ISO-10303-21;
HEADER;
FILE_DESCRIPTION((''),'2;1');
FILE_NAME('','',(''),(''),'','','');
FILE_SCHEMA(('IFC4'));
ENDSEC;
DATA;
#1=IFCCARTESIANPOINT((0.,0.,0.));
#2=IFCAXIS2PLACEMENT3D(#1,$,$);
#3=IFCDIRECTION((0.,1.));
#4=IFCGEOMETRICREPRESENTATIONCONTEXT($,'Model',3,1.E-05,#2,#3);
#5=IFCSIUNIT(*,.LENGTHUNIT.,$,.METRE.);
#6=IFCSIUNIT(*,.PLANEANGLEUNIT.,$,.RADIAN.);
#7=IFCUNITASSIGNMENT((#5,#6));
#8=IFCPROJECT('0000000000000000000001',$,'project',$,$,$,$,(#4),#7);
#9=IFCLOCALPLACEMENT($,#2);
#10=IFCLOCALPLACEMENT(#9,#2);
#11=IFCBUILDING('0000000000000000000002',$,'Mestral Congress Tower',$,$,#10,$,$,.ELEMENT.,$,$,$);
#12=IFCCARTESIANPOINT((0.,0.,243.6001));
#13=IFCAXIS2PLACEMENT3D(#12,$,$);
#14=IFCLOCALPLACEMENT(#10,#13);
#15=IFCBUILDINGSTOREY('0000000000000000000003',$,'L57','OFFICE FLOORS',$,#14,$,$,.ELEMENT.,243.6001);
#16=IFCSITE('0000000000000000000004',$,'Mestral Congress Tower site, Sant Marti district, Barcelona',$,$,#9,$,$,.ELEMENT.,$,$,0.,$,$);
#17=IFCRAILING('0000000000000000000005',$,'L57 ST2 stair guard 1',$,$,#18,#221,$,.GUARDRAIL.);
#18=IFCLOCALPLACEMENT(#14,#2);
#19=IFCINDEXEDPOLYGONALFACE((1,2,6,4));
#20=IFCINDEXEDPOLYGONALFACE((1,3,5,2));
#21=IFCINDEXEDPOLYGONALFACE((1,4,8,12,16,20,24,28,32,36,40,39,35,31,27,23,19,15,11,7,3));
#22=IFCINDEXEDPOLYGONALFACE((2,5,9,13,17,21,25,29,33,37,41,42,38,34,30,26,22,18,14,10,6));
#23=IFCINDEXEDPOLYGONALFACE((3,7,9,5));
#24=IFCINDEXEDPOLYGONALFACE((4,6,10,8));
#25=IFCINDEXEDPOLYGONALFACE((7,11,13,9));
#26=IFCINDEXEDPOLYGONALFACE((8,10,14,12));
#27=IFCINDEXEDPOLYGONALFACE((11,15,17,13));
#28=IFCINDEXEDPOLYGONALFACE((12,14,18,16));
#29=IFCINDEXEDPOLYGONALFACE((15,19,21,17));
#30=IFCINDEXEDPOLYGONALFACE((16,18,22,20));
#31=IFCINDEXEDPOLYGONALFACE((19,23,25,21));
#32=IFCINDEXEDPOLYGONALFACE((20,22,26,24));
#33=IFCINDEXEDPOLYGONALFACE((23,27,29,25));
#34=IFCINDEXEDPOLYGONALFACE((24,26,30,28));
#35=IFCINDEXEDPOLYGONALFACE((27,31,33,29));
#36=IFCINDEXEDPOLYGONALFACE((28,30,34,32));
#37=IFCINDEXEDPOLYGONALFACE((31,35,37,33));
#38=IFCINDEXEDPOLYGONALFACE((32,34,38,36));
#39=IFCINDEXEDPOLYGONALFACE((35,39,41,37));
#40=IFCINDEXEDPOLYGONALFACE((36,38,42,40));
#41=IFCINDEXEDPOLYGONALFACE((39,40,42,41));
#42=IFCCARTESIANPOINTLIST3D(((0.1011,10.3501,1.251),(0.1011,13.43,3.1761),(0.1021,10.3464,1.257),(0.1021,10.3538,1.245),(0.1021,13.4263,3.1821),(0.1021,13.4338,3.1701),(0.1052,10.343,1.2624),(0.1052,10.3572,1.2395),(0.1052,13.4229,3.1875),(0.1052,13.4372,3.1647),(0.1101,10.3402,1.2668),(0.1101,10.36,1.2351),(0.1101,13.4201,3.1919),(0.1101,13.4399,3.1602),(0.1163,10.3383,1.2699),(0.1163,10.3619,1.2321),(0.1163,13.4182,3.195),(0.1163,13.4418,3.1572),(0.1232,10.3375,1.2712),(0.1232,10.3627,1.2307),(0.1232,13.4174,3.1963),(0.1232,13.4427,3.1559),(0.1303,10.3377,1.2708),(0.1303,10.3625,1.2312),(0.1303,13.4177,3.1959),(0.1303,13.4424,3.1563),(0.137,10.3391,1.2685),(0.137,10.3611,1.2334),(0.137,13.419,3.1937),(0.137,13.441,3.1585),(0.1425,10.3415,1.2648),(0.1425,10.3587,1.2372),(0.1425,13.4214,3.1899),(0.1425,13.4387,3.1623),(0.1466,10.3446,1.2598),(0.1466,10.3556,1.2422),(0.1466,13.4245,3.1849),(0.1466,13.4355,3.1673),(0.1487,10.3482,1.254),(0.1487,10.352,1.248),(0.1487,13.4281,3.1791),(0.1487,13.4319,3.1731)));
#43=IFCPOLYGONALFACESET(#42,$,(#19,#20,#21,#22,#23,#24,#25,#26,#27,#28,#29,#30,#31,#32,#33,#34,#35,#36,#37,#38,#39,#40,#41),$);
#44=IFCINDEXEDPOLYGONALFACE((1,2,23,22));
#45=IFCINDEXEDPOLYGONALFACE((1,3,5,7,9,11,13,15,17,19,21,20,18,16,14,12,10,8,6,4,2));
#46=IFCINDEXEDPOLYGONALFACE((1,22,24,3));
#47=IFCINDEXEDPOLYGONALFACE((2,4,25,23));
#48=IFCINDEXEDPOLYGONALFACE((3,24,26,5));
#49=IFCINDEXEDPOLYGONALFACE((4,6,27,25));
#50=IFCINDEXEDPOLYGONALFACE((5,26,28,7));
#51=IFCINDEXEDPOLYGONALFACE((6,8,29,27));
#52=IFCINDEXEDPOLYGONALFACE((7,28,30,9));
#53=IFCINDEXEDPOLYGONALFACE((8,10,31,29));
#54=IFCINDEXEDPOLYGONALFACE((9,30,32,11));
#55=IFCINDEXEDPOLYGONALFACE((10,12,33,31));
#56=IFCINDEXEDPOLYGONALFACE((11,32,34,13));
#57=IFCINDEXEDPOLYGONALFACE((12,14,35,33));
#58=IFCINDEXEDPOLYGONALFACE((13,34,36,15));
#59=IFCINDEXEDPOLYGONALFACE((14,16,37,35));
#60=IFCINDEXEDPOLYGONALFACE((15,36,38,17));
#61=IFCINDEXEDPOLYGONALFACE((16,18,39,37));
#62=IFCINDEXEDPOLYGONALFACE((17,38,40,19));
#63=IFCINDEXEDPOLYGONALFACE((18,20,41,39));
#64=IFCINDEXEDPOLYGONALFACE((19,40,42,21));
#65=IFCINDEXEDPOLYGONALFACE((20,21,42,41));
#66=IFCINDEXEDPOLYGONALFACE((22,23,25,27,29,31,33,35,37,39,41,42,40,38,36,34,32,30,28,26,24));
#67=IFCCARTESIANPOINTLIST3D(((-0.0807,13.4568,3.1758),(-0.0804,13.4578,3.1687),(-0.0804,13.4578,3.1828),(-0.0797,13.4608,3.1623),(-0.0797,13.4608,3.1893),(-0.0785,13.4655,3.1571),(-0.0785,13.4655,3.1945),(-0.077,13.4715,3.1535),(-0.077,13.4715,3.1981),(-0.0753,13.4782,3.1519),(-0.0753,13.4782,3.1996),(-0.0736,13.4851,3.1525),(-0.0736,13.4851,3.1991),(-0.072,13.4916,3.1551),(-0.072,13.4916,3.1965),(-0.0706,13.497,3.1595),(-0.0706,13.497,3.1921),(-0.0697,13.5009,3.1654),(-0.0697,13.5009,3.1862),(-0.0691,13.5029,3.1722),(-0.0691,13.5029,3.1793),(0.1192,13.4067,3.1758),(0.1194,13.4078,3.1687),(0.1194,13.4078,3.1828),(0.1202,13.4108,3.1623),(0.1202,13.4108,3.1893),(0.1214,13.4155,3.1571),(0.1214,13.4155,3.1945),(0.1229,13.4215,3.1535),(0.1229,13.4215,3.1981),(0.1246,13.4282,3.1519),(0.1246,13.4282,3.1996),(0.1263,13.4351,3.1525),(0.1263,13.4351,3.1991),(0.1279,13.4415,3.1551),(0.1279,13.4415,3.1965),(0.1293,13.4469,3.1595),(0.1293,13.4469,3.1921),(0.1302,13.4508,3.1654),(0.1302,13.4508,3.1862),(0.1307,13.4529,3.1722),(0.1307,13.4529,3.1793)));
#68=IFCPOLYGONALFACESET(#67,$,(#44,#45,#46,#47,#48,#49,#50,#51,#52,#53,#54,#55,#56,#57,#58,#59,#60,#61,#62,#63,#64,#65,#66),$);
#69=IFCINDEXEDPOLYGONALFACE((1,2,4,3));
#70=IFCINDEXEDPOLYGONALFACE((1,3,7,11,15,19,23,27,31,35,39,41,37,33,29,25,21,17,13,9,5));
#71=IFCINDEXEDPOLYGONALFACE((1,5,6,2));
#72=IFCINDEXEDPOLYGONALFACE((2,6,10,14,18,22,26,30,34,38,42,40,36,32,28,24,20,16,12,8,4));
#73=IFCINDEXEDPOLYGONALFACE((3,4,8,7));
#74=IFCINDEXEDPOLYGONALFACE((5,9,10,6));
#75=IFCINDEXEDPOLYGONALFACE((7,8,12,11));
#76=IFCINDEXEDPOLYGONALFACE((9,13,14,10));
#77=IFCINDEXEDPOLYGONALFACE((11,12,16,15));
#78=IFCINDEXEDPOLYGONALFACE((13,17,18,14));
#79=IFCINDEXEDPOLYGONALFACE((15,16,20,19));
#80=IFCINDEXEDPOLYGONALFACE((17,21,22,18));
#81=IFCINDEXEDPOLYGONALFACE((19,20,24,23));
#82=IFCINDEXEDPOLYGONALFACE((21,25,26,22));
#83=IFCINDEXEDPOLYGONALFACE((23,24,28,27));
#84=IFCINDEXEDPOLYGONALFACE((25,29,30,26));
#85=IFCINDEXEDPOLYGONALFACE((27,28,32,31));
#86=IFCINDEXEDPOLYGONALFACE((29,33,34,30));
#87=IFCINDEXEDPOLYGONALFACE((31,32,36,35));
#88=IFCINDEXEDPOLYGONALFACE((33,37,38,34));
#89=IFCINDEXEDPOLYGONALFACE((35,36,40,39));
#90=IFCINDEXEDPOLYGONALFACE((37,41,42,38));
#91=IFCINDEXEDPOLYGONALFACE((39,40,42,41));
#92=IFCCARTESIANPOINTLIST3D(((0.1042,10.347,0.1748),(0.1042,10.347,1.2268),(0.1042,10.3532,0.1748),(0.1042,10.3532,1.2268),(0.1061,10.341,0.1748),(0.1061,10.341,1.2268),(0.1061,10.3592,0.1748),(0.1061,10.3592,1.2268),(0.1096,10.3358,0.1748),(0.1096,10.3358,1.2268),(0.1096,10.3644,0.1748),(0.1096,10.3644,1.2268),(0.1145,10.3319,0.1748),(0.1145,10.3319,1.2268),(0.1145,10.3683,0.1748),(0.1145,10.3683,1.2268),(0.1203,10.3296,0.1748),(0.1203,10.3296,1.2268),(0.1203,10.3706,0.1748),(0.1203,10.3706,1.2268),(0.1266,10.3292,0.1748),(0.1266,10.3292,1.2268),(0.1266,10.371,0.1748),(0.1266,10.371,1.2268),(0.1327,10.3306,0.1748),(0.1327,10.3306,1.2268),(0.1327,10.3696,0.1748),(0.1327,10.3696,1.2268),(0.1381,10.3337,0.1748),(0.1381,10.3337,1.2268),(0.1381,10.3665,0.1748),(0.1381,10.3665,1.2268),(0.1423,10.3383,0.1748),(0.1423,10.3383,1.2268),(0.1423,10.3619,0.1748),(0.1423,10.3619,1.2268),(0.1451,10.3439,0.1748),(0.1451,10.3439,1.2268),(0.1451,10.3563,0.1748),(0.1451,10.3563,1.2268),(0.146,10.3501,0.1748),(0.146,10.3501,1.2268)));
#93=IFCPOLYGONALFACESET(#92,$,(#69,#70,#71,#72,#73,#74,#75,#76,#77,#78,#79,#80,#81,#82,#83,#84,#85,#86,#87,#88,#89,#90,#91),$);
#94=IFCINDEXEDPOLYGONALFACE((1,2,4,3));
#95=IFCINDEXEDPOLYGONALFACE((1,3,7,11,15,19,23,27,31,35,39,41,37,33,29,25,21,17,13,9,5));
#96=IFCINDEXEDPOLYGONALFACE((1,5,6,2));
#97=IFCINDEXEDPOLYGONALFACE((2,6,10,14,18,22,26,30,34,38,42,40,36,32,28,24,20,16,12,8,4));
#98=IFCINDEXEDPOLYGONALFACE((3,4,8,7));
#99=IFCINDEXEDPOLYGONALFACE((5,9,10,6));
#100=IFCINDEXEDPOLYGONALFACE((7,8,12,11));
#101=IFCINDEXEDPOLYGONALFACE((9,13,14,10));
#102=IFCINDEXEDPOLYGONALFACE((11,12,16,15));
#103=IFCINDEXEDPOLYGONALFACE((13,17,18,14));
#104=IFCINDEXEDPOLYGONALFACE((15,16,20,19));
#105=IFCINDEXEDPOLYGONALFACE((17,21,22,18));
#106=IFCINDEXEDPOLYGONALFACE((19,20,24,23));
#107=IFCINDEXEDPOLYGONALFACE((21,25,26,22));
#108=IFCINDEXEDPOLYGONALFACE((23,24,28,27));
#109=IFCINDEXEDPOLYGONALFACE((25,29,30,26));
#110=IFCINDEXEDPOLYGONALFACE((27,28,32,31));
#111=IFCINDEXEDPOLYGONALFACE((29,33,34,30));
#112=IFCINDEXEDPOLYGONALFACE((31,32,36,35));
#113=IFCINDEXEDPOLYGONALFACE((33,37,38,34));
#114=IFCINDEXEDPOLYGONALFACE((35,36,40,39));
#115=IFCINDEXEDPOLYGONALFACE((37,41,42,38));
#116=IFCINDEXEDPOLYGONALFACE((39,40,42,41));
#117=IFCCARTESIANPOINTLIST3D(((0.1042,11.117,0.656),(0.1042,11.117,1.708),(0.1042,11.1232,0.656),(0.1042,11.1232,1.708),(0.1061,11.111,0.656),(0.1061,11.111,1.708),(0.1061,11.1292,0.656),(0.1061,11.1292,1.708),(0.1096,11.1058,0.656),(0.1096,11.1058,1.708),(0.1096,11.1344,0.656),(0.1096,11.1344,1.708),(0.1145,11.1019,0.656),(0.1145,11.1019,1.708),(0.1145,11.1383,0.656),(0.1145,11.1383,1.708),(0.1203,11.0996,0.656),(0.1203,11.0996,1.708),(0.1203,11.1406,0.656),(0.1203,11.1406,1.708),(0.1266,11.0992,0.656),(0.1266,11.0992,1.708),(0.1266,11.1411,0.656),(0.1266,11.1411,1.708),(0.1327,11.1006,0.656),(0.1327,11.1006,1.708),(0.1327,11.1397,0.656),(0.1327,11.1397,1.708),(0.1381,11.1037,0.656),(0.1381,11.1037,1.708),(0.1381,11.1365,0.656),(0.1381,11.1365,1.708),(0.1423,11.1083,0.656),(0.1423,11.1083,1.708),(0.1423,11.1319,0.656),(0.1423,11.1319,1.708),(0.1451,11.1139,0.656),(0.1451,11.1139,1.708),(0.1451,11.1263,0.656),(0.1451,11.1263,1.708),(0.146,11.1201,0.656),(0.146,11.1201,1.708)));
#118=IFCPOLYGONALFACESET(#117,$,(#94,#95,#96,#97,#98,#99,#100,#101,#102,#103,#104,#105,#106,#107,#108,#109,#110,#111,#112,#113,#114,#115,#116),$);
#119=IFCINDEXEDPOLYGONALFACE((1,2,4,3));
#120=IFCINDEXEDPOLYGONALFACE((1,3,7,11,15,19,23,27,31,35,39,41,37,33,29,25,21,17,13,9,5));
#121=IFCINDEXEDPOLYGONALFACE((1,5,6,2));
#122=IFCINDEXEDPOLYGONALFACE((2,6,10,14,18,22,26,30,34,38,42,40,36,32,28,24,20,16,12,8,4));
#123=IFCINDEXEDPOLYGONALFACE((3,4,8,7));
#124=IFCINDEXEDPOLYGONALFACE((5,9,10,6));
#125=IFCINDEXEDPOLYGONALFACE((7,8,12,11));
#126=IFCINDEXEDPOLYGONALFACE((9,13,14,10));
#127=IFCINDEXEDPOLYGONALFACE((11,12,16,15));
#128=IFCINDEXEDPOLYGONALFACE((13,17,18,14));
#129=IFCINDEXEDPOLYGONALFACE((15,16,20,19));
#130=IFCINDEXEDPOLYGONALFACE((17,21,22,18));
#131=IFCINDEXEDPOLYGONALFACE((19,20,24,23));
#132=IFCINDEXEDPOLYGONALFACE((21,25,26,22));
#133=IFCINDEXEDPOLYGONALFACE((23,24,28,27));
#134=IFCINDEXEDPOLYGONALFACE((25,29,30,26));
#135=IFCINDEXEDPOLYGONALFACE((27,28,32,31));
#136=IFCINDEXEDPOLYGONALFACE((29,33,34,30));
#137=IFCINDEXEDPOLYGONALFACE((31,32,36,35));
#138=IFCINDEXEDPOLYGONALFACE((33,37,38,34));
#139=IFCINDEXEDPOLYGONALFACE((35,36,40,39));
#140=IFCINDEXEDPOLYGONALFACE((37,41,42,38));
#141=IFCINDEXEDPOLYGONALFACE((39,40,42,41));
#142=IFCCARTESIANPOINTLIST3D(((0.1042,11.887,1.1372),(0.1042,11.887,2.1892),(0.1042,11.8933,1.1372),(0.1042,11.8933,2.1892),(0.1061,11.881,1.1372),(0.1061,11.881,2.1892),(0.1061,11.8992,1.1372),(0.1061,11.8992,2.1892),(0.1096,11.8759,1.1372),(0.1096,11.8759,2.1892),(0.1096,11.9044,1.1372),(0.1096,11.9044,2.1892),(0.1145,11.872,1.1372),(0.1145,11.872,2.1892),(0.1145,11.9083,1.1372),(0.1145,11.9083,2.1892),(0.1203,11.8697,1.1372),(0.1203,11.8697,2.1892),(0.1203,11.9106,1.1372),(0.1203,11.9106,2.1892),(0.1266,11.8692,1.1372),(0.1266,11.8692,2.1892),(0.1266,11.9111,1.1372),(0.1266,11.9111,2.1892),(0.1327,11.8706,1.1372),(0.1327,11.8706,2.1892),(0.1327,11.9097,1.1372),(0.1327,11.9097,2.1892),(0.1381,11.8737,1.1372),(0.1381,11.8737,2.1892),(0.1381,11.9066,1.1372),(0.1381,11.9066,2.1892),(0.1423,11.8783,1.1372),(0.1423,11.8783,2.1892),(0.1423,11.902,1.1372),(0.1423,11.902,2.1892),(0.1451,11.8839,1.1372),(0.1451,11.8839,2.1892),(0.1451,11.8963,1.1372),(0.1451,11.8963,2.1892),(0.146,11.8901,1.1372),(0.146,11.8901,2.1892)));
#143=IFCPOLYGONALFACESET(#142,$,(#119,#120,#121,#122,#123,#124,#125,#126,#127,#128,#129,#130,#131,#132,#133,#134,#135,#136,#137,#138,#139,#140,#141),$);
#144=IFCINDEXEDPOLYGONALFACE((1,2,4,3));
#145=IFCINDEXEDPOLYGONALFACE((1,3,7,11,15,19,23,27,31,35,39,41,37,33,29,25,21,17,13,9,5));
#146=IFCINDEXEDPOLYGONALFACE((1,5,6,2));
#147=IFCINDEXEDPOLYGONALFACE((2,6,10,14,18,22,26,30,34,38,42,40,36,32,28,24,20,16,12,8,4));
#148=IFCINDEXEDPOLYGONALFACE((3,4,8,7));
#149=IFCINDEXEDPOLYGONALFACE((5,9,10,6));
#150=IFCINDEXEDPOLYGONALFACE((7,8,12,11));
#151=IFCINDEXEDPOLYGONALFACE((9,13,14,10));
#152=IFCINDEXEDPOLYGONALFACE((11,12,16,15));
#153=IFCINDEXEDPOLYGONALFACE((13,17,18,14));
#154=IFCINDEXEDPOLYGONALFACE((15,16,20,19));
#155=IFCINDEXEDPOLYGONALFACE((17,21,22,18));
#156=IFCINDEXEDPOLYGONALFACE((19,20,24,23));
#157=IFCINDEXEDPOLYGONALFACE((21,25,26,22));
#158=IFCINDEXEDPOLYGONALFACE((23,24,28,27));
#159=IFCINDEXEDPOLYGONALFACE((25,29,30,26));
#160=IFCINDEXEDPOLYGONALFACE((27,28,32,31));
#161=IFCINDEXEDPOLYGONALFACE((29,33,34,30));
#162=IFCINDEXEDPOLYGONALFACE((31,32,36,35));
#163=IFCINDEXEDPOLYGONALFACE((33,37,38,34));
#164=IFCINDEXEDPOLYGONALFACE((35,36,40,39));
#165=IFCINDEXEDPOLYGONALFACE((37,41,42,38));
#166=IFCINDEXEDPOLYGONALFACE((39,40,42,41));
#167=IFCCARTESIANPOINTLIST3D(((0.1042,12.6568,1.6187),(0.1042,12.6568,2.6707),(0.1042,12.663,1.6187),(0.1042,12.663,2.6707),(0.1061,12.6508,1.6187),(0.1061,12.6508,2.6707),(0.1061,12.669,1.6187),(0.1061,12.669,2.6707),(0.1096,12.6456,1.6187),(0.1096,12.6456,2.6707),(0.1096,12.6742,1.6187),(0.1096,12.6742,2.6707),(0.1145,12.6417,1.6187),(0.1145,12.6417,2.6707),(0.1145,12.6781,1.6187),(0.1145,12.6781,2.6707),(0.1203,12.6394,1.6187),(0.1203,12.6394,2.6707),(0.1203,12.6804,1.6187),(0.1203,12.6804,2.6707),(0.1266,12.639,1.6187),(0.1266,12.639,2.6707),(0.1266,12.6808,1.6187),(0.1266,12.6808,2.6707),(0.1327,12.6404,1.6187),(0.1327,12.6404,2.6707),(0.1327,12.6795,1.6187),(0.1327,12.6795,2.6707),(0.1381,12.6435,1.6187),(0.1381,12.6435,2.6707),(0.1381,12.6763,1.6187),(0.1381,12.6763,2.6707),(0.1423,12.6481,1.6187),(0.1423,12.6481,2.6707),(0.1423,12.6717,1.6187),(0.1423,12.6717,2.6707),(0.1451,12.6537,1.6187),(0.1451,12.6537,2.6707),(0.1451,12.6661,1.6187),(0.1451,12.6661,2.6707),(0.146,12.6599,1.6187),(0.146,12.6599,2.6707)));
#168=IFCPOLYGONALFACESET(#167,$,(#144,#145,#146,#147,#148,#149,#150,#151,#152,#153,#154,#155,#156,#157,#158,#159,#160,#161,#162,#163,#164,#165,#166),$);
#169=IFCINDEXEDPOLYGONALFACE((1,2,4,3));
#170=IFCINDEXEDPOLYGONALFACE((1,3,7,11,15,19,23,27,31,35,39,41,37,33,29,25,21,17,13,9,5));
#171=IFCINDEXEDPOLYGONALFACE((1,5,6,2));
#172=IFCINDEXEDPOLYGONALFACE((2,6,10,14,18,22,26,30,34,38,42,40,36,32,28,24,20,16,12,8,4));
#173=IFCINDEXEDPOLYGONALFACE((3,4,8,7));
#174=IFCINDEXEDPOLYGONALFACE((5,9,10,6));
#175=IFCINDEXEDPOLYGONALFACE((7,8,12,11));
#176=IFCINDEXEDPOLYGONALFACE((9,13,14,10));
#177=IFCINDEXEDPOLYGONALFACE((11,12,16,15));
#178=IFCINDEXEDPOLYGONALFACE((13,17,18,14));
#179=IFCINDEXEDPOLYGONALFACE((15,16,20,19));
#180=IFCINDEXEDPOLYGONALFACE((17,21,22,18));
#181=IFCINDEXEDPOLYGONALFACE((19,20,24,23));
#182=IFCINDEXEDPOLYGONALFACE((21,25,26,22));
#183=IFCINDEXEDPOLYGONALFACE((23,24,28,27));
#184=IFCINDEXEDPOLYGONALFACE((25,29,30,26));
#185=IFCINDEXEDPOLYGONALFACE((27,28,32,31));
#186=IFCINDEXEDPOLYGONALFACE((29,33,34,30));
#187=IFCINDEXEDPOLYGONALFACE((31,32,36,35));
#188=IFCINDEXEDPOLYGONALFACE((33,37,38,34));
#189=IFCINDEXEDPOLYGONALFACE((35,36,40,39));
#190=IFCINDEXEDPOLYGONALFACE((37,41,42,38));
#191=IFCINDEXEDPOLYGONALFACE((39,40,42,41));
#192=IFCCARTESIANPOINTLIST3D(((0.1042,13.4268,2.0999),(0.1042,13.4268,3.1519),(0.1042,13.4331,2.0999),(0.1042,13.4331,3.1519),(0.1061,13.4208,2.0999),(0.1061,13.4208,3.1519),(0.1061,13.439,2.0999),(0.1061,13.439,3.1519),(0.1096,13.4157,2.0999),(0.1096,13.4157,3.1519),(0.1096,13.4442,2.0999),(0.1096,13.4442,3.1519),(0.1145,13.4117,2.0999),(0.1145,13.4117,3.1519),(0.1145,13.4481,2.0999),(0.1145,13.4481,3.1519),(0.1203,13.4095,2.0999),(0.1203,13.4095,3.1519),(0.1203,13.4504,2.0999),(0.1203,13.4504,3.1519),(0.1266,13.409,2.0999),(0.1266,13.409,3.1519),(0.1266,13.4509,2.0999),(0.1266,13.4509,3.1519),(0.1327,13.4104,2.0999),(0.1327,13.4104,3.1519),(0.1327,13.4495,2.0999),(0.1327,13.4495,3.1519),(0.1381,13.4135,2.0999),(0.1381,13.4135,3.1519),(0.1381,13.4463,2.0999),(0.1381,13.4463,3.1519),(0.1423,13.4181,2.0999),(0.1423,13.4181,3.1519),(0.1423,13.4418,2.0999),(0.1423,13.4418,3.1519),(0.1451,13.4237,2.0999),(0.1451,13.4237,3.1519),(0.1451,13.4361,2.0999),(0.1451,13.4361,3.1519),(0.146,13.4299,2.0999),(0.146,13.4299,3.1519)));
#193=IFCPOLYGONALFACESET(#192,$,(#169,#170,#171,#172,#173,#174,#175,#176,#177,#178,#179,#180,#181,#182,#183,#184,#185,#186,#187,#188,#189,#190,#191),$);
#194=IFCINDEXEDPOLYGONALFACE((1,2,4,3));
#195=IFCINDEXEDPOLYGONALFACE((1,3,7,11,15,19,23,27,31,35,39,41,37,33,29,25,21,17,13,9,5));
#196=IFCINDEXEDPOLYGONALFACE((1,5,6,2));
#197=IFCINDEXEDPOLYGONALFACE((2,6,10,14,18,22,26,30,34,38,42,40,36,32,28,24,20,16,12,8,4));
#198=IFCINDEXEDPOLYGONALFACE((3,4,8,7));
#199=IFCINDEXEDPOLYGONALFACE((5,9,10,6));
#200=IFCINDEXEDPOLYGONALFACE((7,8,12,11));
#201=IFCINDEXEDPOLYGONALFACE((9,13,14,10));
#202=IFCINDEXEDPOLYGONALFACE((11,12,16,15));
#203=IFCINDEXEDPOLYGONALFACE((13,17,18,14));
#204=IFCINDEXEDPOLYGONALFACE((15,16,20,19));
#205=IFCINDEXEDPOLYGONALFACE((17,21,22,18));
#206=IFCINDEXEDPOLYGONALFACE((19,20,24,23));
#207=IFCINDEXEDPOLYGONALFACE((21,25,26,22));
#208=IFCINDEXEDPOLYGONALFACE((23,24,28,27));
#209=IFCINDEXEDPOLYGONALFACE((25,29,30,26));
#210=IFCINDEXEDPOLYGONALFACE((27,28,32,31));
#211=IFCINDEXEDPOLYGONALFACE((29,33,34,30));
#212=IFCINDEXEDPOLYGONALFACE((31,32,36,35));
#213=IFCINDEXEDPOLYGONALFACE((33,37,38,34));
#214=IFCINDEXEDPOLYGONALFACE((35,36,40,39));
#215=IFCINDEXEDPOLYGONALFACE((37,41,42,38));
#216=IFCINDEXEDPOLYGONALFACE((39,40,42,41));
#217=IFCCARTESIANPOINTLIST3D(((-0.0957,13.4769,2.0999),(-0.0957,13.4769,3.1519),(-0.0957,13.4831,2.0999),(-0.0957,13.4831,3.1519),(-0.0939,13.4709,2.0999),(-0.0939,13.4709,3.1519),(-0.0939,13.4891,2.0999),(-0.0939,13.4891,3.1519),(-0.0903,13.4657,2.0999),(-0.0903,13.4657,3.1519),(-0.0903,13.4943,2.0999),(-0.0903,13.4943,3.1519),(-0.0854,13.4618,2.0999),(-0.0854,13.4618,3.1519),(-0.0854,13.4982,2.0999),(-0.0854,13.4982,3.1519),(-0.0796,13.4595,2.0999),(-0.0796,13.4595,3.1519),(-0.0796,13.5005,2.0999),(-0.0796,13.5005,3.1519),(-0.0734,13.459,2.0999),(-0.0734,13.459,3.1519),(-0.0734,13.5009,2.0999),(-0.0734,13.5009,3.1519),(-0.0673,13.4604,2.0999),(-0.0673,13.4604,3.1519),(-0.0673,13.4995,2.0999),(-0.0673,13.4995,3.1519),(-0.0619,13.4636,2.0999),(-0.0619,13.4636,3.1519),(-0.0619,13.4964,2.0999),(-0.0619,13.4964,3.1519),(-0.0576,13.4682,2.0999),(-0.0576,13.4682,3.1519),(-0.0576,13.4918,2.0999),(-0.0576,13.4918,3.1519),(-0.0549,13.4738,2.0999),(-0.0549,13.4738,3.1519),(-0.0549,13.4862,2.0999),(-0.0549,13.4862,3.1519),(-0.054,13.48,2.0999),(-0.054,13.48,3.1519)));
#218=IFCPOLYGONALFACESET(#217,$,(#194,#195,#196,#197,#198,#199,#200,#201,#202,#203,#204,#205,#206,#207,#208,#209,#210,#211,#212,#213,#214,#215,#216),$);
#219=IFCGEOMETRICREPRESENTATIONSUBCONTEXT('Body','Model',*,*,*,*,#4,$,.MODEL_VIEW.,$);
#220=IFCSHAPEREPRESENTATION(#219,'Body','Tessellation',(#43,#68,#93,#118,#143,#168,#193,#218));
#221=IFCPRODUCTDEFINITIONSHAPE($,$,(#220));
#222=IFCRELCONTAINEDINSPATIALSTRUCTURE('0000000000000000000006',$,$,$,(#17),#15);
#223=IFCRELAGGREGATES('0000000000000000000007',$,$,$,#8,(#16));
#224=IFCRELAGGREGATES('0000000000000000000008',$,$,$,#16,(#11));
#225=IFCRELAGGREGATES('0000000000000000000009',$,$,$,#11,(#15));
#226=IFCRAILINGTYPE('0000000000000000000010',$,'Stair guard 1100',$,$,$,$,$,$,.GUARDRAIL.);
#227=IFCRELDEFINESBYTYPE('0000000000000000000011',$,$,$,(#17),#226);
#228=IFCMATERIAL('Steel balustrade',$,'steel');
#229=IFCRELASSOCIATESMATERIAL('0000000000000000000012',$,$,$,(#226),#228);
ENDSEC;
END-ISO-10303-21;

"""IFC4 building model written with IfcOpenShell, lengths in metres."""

from ifc_helpers import new_model, si_unit, direction, frame, origin, origin_2d, place, context, subcontext, project, spatial, circle, extrude, material, type_object, element, save


model = new_model("IFC4")

# Units and contexts
model_context = context("Model", 3, precision=1e-05, world=origin(), true_north=direction((0.0, 1.0)))
body_context = subcontext(model_context, "Body", "Model", "MODEL_VIEW")
ifc_project = project(units=[si_unit("LENGTHUNIT", "METRE"), si_unit("PLANEANGLEUNIT", "RADIAN")], contexts=[model_context])

# Site, building, storey
site_placement = place(None, origin())
site = spatial("IfcSite", under=ifc_project, at=site_placement, Name="Mestral Congress Tower site, Sant Marti district, Barcelona", CompositionType="ELEMENT", RefElevation=0.0)
building_placement = place(site_placement, origin())
building = spatial("IfcBuilding", under=site, at=building_placement, Name="Mestral Congress Tower", CompositionType="ELEMENT")
storey_placement = place(building_placement, frame((0.0, 0.0, 243.6001)))
storey = spatial("IfcBuildingStorey", under=building, at=storey_placement, Name="L57", Description="OFFICE FLOORS", CompositionType="ELEMENT", Elevation=243.6001)

# Railing
ifc_material_1 = material(Name="Steel balustrade", Category="steel")
railing_type_1 = type_object("IfcRailingType", Name="Stair guard 1100", PredefinedType="GUARDRAIL", material=ifc_material_1)
railing_1_placement = place(storey_placement, frame((0.125, 10.3501, 0.1748)))
element("IfcRailing", 1, at=railing_1_placement, inside=storey, type_object=railing_type_1, Name="L57 ST2 stair guard 1", PredefinedType="GUARDRAIL", context=body_context, shape_type="SweptSolid", body=[
    extrude(circle(Radius=0.0239, at=origin_2d()), frame((0.0, 0.0, 1.0762), z_axis=(0.0, 0.847979, 0.530029), x_axis=(-1.0, 0.0, 0.0)), (0.0, 0.0, 1.0), 3.6321),
    extrude(circle(Radius=0.0239, at=origin_2d()), frame((0.0, 3.0798, 3.001), z_axis=(-0.970073, 0.242814, 0.0), x_axis=(-0.242814, -0.970073, 0.0)), (0.0, 0.0, 1.0), 0.2061),
    extrude(circle(Radius=0.021, at=origin_2d()), origin(), (0.0, 0.0, 1.0), 1.052),
    extrude(circle(Radius=0.021, at=origin_2d()), frame((0.0, 0.77, 0.4812)), (0.0, 0.0, 1.0), 1.052),
    extrude(circle(Radius=0.021, at=origin_2d()), frame((0.0, 1.54, 0.9624)), (0.0, 0.0, 1.0), 1.052),
    extrude(circle(Radius=0.021, at=origin_2d()), frame((0.0, 2.3098, 1.4438)), (0.0, 0.0, 1.0), 1.052),
    extrude(circle(Radius=0.021, at=origin_2d()), frame((0.0, 3.0798, 1.925)), (0.0, 0.0, 1.0), 1.052),
    extrude(circle(Radius=0.021, at=origin_2d()), frame((-0.2, 3.1299, 1.925)), (0.0, 0.0, 1.0), 1.052),
])

save(model, "model.ifc")
